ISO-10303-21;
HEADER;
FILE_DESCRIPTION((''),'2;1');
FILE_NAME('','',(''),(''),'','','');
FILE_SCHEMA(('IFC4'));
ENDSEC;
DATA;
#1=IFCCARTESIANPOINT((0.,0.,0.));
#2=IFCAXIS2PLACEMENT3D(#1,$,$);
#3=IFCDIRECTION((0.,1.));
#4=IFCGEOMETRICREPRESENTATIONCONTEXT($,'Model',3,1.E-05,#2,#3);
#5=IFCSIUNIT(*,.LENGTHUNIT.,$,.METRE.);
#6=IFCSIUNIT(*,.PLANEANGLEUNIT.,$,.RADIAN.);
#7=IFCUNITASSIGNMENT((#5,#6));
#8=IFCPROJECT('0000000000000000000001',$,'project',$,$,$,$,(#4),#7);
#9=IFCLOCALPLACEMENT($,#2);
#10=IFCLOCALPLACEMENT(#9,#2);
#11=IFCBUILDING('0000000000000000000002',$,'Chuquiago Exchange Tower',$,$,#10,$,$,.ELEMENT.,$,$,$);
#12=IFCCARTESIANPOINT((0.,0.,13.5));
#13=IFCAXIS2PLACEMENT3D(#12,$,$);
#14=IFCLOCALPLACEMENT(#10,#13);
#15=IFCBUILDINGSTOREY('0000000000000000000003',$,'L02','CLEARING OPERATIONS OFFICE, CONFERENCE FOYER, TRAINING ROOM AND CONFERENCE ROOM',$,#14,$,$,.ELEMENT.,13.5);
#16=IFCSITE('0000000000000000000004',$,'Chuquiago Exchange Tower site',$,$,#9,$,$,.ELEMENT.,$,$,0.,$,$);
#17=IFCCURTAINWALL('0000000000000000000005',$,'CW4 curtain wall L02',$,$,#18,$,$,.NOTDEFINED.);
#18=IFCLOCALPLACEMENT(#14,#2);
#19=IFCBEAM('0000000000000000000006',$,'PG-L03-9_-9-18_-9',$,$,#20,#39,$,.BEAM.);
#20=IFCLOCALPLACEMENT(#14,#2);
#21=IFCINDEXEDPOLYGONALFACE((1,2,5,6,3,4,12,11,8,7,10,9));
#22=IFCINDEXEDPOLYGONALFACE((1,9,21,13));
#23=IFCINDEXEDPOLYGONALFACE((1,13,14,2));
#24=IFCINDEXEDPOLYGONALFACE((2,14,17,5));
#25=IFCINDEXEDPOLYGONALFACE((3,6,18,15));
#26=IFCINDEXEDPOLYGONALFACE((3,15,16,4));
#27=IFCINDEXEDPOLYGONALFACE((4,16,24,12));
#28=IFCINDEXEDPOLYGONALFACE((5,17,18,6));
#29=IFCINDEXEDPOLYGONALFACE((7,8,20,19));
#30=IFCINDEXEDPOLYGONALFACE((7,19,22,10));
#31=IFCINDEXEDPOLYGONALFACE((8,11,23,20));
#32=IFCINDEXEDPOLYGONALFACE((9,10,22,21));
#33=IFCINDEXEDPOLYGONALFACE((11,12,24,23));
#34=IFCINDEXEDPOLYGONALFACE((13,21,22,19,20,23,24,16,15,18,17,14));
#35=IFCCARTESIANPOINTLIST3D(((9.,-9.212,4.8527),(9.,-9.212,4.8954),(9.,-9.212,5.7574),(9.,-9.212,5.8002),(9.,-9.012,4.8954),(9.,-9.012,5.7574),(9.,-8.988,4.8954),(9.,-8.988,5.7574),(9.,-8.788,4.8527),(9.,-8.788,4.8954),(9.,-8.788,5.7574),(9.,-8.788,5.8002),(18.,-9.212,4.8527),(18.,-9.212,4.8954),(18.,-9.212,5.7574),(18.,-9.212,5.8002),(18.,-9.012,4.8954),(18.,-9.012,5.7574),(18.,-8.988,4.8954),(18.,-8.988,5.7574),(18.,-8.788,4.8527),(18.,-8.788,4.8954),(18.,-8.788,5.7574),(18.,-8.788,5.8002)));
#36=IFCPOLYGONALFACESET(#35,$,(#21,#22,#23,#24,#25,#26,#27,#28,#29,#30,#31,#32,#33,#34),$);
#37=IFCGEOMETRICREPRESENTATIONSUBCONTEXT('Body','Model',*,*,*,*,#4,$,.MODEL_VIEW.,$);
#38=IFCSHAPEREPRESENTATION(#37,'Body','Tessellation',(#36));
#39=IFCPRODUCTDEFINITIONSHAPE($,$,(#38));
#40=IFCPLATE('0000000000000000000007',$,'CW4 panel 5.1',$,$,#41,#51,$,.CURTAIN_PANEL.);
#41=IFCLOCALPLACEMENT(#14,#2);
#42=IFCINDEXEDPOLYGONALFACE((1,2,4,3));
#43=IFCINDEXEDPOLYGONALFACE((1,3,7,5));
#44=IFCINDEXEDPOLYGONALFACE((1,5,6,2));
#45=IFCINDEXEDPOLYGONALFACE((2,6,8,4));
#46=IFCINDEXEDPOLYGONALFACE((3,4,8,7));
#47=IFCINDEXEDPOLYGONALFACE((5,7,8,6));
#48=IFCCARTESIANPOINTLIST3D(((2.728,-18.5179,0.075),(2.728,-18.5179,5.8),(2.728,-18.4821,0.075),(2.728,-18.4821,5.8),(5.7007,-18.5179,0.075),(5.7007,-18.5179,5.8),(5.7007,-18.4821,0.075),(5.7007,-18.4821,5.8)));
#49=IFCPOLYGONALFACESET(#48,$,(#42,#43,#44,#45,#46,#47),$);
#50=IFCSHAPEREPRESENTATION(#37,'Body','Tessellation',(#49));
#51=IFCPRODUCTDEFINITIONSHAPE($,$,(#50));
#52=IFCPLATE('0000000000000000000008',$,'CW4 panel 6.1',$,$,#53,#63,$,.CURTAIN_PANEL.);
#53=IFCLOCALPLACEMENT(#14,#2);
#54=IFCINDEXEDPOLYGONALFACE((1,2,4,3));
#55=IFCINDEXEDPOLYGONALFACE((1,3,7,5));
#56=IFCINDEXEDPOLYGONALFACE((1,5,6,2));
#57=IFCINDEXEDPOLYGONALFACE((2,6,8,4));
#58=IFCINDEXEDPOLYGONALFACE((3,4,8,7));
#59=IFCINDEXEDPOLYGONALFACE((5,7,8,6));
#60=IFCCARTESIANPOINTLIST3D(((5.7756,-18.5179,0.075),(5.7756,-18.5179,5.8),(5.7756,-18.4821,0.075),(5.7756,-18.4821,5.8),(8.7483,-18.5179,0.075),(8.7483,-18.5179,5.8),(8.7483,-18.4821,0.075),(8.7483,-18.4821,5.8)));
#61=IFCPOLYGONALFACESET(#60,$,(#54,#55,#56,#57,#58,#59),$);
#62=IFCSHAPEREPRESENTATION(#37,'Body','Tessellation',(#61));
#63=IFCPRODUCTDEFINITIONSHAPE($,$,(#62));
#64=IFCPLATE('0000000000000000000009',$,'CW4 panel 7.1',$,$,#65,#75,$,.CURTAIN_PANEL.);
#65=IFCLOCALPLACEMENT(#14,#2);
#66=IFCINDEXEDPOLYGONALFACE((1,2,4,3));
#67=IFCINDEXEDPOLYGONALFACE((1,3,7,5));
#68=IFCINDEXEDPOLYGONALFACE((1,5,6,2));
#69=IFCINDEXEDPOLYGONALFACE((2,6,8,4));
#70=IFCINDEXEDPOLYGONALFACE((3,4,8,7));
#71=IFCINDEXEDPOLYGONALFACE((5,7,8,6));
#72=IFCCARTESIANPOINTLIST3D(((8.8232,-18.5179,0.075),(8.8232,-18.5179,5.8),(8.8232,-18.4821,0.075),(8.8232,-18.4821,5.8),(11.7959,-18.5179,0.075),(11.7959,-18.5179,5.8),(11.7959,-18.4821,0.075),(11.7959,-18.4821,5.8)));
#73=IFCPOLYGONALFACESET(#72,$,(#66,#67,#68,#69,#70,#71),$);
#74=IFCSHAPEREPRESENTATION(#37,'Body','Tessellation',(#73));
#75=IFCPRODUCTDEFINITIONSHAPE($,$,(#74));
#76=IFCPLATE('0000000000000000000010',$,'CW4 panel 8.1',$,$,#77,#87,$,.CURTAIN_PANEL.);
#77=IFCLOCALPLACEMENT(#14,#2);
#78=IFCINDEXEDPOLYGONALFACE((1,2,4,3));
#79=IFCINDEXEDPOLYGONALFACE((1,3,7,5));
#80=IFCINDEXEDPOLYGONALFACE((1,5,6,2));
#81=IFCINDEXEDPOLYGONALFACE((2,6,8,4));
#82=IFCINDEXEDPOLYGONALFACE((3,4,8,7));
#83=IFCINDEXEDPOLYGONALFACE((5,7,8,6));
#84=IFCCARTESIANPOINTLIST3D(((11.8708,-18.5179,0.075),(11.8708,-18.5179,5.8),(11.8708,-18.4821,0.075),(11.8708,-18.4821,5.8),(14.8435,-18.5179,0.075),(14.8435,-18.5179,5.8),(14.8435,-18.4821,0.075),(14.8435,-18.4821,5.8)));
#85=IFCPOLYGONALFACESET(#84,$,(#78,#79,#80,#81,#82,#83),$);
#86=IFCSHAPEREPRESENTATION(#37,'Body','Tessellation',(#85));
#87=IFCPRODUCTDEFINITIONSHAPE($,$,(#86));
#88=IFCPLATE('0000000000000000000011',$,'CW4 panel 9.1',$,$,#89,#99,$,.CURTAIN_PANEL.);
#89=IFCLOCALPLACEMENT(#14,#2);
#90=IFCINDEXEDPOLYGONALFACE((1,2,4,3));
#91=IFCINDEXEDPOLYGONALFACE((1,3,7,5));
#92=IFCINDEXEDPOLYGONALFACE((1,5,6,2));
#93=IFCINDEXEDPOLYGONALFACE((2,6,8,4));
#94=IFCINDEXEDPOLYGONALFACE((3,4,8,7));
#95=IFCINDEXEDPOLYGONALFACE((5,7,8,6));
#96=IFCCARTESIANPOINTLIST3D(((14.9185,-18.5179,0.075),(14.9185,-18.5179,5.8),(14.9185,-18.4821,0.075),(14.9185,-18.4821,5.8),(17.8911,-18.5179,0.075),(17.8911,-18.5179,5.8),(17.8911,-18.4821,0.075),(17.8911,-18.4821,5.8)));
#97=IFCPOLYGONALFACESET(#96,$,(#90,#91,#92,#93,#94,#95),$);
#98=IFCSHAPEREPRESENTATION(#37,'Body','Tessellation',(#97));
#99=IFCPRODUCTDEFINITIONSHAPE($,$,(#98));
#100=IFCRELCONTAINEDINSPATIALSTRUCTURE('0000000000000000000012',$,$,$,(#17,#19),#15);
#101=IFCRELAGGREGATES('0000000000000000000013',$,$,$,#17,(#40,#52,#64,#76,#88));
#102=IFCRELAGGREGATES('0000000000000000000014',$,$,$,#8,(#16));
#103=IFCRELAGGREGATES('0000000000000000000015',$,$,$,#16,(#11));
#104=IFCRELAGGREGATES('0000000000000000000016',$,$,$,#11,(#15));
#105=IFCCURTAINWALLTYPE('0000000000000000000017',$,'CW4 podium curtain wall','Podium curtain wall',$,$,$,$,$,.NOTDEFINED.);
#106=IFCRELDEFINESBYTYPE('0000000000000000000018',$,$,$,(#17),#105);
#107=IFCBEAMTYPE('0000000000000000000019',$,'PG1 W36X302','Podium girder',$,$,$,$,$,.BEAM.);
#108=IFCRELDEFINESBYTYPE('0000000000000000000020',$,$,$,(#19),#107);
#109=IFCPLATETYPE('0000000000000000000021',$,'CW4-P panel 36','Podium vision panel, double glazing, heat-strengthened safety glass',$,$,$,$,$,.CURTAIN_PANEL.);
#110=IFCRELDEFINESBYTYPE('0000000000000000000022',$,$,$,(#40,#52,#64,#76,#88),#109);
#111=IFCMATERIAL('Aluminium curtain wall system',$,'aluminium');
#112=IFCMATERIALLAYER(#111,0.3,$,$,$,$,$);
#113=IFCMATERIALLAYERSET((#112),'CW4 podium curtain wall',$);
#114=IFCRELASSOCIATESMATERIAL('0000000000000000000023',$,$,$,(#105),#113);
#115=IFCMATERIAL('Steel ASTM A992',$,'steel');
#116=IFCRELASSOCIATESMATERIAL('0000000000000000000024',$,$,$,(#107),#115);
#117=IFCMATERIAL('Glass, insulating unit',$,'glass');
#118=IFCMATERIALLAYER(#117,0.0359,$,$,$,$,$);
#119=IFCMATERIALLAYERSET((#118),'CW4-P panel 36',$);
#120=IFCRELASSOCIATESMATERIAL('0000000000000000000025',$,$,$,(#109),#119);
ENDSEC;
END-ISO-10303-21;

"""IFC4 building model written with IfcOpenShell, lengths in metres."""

from ifc_helpers import new_model, si_unit, direction, frame, origin, origin_2d, place, context, subcontext, project, spatial, rectangle, i_section, extrude, material, layer, layer_set, material_profile, profile_set, type_object, element, aggregate, save


model = new_model("IFC4")

# Units and contexts
model_context = context("Model", 3, precision=1e-05, world=origin(), true_north=direction((0.0, 1.0)))
body_context = subcontext(model_context, "Body", "Model", "MODEL_VIEW")
ifc_project = project(units=[si_unit("LENGTHUNIT", "METRE"), si_unit("PLANEANGLEUNIT", "RADIAN")], contexts=[model_context])

# Site, building, storey
site_placement = place(None, origin())
site = spatial("IfcSite", under=ifc_project, at=site_placement, Name="Chuquiago Exchange Tower site", CompositionType="ELEMENT", RefElevation=0.0)
building_placement = place(site_placement, origin())
building = spatial("IfcBuilding", under=site, at=building_placement, Name="Chuquiago Exchange Tower", CompositionType="ELEMENT")
storey_placement = place(building_placement, frame((0.0, 0.0, 13.5)))
storey = spatial("IfcBuildingStorey", under=building, at=storey_placement, Name="L02", Description="CLEARING OPERATIONS OFFICE, CONFERENCE FOYER, TRAINING ROOM AND CONFERENCE ROOM", CompositionType="ELEMENT", Elevation=13.5)

# Curtain wall
ifc_material_1 = material(Name="Aluminium curtain wall system", Category="aluminium")
ifc_layer_1 = layer(ifc_material_1, 0.3)
ifc_layer_set_1 = layer_set([ifc_layer_1], Name="CW4 podium curtain wall")
curtain_wall_type = type_object("IfcCurtainWallType", Name="CW4 podium curtain wall", Description="Podium curtain wall", PredefinedType="NOTDEFINED", material=ifc_layer_set_1)
curtain_wall_placement = place(storey_placement, origin())
curtain_wall = element("IfcCurtainWall", 1, at=curtain_wall_placement, inside=storey, type_object=curtain_wall_type, Name="CW4 curtain wall L02", PredefinedType="NOTDEFINED")

# Beam
ifc_material_2 = material(Name="Steel ASTM A992", Category="steel")
ifc_material_profile_1 = material_profile(ifc_material_2, i_section(OverallWidth=0.4241, OverallDepth=0.9475, WebThickness=0.0239, FlangeThickness=0.0427, at=origin_2d()), Name="W36X302")
ifc_profile_set_1 = profile_set([ifc_material_profile_1], Name="Steel ASTM A992")
beam_type_1 = type_object("IfcBeamType", Name="PG1 W36X302", Description="Podium girder", PredefinedType="BEAM", material=ifc_profile_set_1)
for number, where, z_axis, x_axis, name in (
    (2, (9.0, -9.0, 5.3264), (1.0, 0.0, 0.0), (0.0, 1.0, 0.0), "PG-L03-9_-9-18_-9"),
):
    element("IfcBeam", number, at=place(storey_placement, frame(where, z_axis=z_axis, x_axis=x_axis)), inside=storey, type_object=beam_type_1, Name=name, PredefinedType="BEAM", context=body_context, shape_type="SweptSolid", body=[
        extrude(i_section(OverallWidth=0.4241, OverallDepth=0.9475, WebThickness=0.0239, FlangeThickness=0.0427, at=origin_2d()), origin(), (0.0, 0.0, 1.0), 9.0),
    ])

# Plates
ifc_material_3 = material(Name="Glass, insulating unit", Category="glass")
ifc_layer_2 = layer(ifc_material_3, 0.0359)
ifc_layer_set_2 = layer_set([ifc_layer_2], Name="CW4-P panel 36")
plate_type = type_object("IfcPlateType", Name="CW4-P panel 36", Description="Podium vision panel, double glazing, heat-strengthened safety glass", PredefinedType="CURTAIN_PANEL", material=ifc_layer_set_2)
plate_1_placement = place(storey_placement, frame((4.2144, -18.5, 0.075), z_axis=(0.0, 0.0, 1.0), x_axis=(1.0, 0.0, 0.0)))
plate_1 = element("IfcPlate", 3, at=plate_1_placement, type_object=plate_type, Name="CW4 panel 5.1", PredefinedType="CURTAIN_PANEL", context=body_context, shape_type="SweptSolid", body=[
    extrude(rectangle(XDim=2.9727, YDim=0.0359, at=origin_2d()), origin(), (0.0, 0.0, 1.0), 5.7251),
])
plate_2_placement = place(storey_placement, frame((7.262, -18.5, 0.075), z_axis=(0.0, 0.0, 1.0), x_axis=(1.0, 0.0, 0.0)))
plate_2 = element("IfcPlate", 4, at=plate_2_placement, type_object=plate_type, Name="CW4 panel 6.1", PredefinedType="CURTAIN_PANEL", context=body_context, shape_type="SweptSolid", body=[
    extrude(rectangle(XDim=2.9727, YDim=0.0359, at=origin_2d()), origin(), (0.0, 0.0, 1.0), 5.7251),
])
plate_3_placement = place(storey_placement, frame((10.3096, -18.5, 0.075), z_axis=(0.0, 0.0, 1.0), x_axis=(1.0, 0.0, 0.0)))
plate_3 = element("IfcPlate", 5, at=plate_3_placement, type_object=plate_type, Name="CW4 panel 7.1", PredefinedType="CURTAIN_PANEL", context=body_context, shape_type="SweptSolid", body=[
    extrude(rectangle(XDim=2.9727, YDim=0.0359, at=origin_2d()), origin(), (0.0, 0.0, 1.0), 5.7251),
])
plate_4_placement = place(storey_placement, frame((13.3572, -18.5, 0.075), z_axis=(0.0, 0.0, 1.0), x_axis=(1.0, 0.0, 0.0)))
plate_4 = element("IfcPlate", 6, at=plate_4_placement, type_object=plate_type, Name="CW4 panel 8.1", PredefinedType="CURTAIN_PANEL", context=body_context, shape_type="SweptSolid", body=[
    extrude(rectangle(XDim=2.9727, YDim=0.0359, at=origin_2d()), origin(), (0.0, 0.0, 1.0), 5.7251),
])
plate_5_placement = place(storey_placement, frame((16.4048, -18.5, 0.075), z_axis=(0.0, 0.0, 1.0), x_axis=(1.0, 0.0, 0.0)))
plate_5 = element("IfcPlate", 7, at=plate_5_placement, type_object=plate_type, Name="CW4 panel 9.1", PredefinedType="CURTAIN_PANEL", context=body_context, shape_type="SweptSolid", body=[
    extrude(rectangle(XDim=2.9727, YDim=0.0359, at=origin_2d()), origin(), (0.0, 0.0, 1.0), 5.7251),
])
aggregate(curtain_wall, [plate_1, plate_2, plate_3, plate_4, plate_5])

save(model, "model.ifc")
